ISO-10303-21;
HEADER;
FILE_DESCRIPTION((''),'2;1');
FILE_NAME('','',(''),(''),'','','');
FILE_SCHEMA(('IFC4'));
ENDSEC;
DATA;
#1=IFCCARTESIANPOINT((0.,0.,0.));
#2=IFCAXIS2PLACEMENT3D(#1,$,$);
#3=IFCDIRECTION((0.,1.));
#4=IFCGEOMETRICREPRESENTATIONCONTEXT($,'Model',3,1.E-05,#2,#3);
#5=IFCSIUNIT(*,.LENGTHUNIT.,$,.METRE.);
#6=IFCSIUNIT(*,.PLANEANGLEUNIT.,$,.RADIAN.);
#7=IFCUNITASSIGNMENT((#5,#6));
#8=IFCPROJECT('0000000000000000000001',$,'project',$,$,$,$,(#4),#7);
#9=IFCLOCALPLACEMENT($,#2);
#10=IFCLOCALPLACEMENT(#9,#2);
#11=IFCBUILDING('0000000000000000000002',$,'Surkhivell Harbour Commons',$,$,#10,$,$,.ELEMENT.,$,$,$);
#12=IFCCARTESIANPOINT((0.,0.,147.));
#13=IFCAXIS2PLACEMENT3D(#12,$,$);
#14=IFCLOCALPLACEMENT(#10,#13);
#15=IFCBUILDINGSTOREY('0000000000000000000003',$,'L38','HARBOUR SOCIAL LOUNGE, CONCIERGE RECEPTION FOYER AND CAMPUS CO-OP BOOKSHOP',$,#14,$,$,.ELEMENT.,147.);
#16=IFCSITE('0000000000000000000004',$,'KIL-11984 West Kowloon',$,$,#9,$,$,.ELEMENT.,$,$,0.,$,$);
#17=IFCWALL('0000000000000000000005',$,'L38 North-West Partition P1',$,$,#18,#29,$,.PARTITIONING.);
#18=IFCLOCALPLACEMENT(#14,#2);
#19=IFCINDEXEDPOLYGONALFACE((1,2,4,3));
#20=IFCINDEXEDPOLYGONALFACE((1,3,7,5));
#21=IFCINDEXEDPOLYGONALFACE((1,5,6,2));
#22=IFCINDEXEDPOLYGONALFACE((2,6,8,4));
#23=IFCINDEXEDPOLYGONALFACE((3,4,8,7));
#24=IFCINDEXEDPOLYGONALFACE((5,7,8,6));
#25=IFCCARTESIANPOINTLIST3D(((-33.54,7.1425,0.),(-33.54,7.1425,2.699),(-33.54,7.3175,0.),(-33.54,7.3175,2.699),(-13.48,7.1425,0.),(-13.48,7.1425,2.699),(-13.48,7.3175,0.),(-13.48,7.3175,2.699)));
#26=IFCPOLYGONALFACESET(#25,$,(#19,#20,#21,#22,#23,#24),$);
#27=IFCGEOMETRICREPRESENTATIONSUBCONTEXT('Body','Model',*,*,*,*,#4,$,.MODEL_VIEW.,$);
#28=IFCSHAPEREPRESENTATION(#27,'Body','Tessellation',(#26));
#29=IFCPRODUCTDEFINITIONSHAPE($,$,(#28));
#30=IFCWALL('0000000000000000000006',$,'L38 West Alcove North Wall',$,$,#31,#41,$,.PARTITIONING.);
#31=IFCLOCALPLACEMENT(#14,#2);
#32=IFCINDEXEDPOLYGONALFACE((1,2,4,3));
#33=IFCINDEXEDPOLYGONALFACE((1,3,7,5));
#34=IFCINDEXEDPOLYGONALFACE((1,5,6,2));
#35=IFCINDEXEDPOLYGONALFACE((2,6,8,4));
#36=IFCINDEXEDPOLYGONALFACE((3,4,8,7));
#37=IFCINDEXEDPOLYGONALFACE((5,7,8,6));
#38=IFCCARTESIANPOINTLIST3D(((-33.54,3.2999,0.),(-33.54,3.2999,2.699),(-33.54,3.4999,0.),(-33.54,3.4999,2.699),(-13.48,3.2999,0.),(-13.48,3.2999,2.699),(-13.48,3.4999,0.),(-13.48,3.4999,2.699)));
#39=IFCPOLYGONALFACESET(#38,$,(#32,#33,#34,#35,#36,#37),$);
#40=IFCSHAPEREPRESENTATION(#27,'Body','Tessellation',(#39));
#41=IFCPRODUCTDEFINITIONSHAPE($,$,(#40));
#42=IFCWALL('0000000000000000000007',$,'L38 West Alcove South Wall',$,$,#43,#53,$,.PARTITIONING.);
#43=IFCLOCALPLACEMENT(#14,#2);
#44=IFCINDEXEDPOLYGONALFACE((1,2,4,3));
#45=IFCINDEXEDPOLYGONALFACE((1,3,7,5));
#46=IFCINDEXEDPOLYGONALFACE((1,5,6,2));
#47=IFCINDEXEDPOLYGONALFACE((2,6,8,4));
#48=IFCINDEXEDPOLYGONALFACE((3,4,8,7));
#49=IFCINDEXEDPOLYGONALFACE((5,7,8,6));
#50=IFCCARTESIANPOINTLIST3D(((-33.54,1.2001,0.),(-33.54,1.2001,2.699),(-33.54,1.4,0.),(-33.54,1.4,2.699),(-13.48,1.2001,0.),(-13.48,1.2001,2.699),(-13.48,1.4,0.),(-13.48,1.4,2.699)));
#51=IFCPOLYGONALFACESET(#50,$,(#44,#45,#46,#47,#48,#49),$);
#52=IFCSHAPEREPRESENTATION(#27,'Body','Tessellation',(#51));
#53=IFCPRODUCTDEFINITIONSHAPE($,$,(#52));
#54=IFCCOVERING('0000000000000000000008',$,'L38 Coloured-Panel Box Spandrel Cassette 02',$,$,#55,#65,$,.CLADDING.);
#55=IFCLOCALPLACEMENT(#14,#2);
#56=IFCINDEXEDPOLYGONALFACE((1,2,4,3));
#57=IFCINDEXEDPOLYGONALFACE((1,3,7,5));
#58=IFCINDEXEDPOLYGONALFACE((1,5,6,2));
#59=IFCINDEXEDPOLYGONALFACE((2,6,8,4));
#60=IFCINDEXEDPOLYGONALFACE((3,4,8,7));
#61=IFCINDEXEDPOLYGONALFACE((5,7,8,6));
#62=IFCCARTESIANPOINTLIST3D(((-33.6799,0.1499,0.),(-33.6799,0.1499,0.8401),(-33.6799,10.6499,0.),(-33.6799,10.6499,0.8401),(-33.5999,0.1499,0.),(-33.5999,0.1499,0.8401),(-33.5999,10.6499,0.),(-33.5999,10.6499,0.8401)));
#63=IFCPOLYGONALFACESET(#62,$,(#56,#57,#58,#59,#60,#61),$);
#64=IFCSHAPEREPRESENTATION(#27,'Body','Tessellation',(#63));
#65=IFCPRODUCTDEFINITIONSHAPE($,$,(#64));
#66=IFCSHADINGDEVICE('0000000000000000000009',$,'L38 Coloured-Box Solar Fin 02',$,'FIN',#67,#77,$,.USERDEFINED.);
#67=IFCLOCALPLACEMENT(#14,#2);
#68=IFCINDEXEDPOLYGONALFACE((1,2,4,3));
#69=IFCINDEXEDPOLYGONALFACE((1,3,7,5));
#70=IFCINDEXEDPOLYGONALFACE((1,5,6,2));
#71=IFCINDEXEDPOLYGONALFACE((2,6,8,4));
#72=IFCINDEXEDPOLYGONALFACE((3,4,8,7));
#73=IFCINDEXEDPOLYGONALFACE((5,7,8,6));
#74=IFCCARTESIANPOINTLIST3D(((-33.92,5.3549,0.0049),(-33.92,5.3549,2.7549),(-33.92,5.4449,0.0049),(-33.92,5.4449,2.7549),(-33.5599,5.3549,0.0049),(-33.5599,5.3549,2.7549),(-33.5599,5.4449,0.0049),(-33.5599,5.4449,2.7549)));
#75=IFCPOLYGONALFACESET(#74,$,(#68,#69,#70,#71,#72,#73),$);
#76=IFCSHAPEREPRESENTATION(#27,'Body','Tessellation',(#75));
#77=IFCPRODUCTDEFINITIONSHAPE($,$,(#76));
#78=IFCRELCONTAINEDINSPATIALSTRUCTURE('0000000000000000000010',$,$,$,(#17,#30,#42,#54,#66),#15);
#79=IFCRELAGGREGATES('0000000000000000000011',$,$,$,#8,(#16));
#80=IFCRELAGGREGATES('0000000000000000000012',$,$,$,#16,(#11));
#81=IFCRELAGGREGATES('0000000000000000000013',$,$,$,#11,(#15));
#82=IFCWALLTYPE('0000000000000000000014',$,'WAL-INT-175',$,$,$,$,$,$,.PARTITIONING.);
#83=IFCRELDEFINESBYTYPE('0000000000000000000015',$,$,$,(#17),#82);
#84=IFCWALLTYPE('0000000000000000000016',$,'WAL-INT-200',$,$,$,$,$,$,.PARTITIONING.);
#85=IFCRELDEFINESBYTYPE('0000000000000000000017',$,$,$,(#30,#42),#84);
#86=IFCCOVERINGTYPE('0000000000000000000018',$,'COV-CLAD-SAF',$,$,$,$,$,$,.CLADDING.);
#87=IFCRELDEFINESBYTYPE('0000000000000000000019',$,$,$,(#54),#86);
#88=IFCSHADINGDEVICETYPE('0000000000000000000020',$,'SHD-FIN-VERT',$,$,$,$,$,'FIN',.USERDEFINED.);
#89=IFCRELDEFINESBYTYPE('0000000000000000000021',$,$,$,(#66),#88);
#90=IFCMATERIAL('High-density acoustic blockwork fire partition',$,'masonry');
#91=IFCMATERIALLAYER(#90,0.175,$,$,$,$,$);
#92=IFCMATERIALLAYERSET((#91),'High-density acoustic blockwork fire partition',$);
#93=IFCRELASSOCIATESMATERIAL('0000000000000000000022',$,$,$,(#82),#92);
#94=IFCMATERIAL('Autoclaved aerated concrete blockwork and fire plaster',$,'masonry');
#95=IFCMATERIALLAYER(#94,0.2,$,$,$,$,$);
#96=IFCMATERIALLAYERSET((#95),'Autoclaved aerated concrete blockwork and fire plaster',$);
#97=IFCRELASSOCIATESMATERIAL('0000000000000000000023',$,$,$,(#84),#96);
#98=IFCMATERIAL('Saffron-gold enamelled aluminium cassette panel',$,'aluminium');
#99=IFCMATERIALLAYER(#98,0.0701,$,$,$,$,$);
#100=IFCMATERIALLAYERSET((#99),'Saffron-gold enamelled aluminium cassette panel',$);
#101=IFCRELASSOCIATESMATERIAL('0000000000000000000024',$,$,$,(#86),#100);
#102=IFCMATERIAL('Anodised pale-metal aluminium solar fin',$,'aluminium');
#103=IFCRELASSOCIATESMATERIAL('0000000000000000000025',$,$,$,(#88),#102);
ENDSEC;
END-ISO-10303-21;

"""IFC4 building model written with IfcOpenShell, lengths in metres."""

from ifc_helpers import new_model, si_unit, direction, frame, frame_2d, origin, origin_2d, place, context, subcontext, project, spatial, rectangle, extrude, material, layer, layer_set, type_object, element, save


model = new_model("IFC4")

# Units and contexts
model_context = context("Model", 3, precision=1e-05, world=origin(), true_north=direction((0.0, 1.0)))
body_context = subcontext(model_context, "Body", "Model", "MODEL_VIEW")
ifc_project = project(units=[si_unit("LENGTHUNIT", "METRE"), si_unit("PLANEANGLEUNIT", "RADIAN")], contexts=[model_context])

# Site, building, storey
site_placement = place(None, origin())
site = spatial("IfcSite", under=ifc_project, at=site_placement, Name="KIL-11984 West Kowloon", CompositionType="ELEMENT", RefElevation=0.0)
building_placement = place(site_placement, origin())
building = spatial("IfcBuilding", under=site, at=building_placement, Name="Surkhivell Harbour Commons", CompositionType="ELEMENT")
storey_placement = place(building_placement, frame((0.0, 0.0, 147.0)))
storey = spatial("IfcBuildingStorey", under=building, at=storey_placement, Name="L38", Description="HARBOUR SOCIAL LOUNGE, CONCIERGE RECEPTION FOYER AND CAMPUS CO-OP BOOKSHOP", CompositionType="ELEMENT", Elevation=147.0)

# Walls
ifc_material_1 = material(Name="High-density acoustic blockwork fire partition", Category="masonry")
ifc_layer_1 = layer(ifc_material_1, 0.175)
ifc_layer_set_1 = layer_set([ifc_layer_1], Name="High-density acoustic blockwork fire partition")
wall_type_1 = type_object("IfcWallType", Name="WAL-INT-175", PredefinedType="PARTITIONING", material=ifc_layer_set_1)
wall_1_placement = place(storey_placement, frame((-33.54, 7.23, 0.0), z_axis=(0.0, 0.0, 1.0), x_axis=(1.0, 0.0, 0.0)))
element("IfcWall", 1, at=wall_1_placement, inside=storey, type_object=wall_type_1, Name="L38 North-West Partition P1", PredefinedType="PARTITIONING", context=body_context, shape_type="SweptSolid", body=[
    extrude(rectangle(XDim=20.0601, YDim=0.175, at=frame_2d((10.03, 0.0))), origin(), (0.0, 0.0, 1.0), 2.699),
])
ifc_material_2 = material(Name="Autoclaved aerated concrete blockwork and fire plaster", Category="masonry")
ifc_layer_2 = layer(ifc_material_2, 0.2)
ifc_layer_set_2 = layer_set([ifc_layer_2], Name="Autoclaved aerated concrete blockwork and fire plaster")
wall_type_2 = type_object("IfcWallType", Name="WAL-INT-200", PredefinedType="PARTITIONING", material=ifc_layer_set_2)
for number, where, z_axis, x_axis, name in (
    (2, (-33.54, 3.3999, 0.0), (0.0, 0.0, 1.0), (1.0, 0.0, 0.0), "L38 West Alcove North Wall"),
    (3, (-33.54, 1.3, 0.0), (0.0, 0.0, 1.0), (1.0, 0.0, 0.0), "L38 West Alcove South Wall"),
):
    element("IfcWall", number, at=place(storey_placement, frame(where, z_axis=z_axis, x_axis=x_axis)), inside=storey, type_object=wall_type_2, Name=name, PredefinedType="PARTITIONING", context=body_context, shape_type="SweptSolid", body=[
        extrude(rectangle(XDim=20.0601, YDim=0.2, at=frame_2d((10.03, 0.0))), origin(), (0.0, 0.0, 1.0), 2.699),
    ])

# Covering
ifc_material_3 = material(Name="Saffron-gold enamelled aluminium cassette panel", Category="aluminium")
ifc_layer_3 = layer(ifc_material_3, 0.0701)
ifc_layer_set_3 = layer_set([ifc_layer_3], Name="Saffron-gold enamelled aluminium cassette panel")
covering_type = type_object("IfcCoveringType", Name="COV-CLAD-SAF", PredefinedType="CLADDING", material=ifc_layer_set_3)
covering_placement = place(storey_placement, frame((-33.6399, 5.3999, 0.0), z_axis=(0.0, 0.0, 1.0), x_axis=(1.0, 0.0, 0.0)))
element("IfcCovering", 4, at=covering_placement, inside=storey, type_object=covering_type, Name="L38 Coloured-Panel Box Spandrel Cassette 02", PredefinedType="CLADDING", context=body_context, shape_type="SweptSolid", body=[
    extrude(rectangle(XDim=0.0801, YDim=10.5, at=origin_2d()), origin(), (0.0, 0.0, 1.0), 0.8401),
])

# Shading device
ifc_material_4 = material(Name="Anodised pale-metal aluminium solar fin", Category="aluminium")
shading_device_type = type_object("IfcShadingDeviceType", Name="SHD-FIN-VERT", ElementType="FIN", PredefinedType="USERDEFINED", material=ifc_material_4)
shading_device_placement = place(storey_placement, frame((-33.74, 5.3999, 0.0049), z_axis=(0.0, 0.0, 1.0), x_axis=(1.0, 0.0, 0.0)))
element("IfcShadingDevice", 5, at=shading_device_placement, inside=storey, type_object=shading_device_type, Name="L38 Coloured-Box Solar Fin 02", ObjectType="FIN", PredefinedType="USERDEFINED", context=body_context, shape_type="SweptSolid", body=[
    extrude(rectangle(XDim=0.3601, YDim=0.0901, at=origin_2d()), origin(), (0.0, 0.0, 1.0), 2.75),
])

save(model, "model.ifc")
